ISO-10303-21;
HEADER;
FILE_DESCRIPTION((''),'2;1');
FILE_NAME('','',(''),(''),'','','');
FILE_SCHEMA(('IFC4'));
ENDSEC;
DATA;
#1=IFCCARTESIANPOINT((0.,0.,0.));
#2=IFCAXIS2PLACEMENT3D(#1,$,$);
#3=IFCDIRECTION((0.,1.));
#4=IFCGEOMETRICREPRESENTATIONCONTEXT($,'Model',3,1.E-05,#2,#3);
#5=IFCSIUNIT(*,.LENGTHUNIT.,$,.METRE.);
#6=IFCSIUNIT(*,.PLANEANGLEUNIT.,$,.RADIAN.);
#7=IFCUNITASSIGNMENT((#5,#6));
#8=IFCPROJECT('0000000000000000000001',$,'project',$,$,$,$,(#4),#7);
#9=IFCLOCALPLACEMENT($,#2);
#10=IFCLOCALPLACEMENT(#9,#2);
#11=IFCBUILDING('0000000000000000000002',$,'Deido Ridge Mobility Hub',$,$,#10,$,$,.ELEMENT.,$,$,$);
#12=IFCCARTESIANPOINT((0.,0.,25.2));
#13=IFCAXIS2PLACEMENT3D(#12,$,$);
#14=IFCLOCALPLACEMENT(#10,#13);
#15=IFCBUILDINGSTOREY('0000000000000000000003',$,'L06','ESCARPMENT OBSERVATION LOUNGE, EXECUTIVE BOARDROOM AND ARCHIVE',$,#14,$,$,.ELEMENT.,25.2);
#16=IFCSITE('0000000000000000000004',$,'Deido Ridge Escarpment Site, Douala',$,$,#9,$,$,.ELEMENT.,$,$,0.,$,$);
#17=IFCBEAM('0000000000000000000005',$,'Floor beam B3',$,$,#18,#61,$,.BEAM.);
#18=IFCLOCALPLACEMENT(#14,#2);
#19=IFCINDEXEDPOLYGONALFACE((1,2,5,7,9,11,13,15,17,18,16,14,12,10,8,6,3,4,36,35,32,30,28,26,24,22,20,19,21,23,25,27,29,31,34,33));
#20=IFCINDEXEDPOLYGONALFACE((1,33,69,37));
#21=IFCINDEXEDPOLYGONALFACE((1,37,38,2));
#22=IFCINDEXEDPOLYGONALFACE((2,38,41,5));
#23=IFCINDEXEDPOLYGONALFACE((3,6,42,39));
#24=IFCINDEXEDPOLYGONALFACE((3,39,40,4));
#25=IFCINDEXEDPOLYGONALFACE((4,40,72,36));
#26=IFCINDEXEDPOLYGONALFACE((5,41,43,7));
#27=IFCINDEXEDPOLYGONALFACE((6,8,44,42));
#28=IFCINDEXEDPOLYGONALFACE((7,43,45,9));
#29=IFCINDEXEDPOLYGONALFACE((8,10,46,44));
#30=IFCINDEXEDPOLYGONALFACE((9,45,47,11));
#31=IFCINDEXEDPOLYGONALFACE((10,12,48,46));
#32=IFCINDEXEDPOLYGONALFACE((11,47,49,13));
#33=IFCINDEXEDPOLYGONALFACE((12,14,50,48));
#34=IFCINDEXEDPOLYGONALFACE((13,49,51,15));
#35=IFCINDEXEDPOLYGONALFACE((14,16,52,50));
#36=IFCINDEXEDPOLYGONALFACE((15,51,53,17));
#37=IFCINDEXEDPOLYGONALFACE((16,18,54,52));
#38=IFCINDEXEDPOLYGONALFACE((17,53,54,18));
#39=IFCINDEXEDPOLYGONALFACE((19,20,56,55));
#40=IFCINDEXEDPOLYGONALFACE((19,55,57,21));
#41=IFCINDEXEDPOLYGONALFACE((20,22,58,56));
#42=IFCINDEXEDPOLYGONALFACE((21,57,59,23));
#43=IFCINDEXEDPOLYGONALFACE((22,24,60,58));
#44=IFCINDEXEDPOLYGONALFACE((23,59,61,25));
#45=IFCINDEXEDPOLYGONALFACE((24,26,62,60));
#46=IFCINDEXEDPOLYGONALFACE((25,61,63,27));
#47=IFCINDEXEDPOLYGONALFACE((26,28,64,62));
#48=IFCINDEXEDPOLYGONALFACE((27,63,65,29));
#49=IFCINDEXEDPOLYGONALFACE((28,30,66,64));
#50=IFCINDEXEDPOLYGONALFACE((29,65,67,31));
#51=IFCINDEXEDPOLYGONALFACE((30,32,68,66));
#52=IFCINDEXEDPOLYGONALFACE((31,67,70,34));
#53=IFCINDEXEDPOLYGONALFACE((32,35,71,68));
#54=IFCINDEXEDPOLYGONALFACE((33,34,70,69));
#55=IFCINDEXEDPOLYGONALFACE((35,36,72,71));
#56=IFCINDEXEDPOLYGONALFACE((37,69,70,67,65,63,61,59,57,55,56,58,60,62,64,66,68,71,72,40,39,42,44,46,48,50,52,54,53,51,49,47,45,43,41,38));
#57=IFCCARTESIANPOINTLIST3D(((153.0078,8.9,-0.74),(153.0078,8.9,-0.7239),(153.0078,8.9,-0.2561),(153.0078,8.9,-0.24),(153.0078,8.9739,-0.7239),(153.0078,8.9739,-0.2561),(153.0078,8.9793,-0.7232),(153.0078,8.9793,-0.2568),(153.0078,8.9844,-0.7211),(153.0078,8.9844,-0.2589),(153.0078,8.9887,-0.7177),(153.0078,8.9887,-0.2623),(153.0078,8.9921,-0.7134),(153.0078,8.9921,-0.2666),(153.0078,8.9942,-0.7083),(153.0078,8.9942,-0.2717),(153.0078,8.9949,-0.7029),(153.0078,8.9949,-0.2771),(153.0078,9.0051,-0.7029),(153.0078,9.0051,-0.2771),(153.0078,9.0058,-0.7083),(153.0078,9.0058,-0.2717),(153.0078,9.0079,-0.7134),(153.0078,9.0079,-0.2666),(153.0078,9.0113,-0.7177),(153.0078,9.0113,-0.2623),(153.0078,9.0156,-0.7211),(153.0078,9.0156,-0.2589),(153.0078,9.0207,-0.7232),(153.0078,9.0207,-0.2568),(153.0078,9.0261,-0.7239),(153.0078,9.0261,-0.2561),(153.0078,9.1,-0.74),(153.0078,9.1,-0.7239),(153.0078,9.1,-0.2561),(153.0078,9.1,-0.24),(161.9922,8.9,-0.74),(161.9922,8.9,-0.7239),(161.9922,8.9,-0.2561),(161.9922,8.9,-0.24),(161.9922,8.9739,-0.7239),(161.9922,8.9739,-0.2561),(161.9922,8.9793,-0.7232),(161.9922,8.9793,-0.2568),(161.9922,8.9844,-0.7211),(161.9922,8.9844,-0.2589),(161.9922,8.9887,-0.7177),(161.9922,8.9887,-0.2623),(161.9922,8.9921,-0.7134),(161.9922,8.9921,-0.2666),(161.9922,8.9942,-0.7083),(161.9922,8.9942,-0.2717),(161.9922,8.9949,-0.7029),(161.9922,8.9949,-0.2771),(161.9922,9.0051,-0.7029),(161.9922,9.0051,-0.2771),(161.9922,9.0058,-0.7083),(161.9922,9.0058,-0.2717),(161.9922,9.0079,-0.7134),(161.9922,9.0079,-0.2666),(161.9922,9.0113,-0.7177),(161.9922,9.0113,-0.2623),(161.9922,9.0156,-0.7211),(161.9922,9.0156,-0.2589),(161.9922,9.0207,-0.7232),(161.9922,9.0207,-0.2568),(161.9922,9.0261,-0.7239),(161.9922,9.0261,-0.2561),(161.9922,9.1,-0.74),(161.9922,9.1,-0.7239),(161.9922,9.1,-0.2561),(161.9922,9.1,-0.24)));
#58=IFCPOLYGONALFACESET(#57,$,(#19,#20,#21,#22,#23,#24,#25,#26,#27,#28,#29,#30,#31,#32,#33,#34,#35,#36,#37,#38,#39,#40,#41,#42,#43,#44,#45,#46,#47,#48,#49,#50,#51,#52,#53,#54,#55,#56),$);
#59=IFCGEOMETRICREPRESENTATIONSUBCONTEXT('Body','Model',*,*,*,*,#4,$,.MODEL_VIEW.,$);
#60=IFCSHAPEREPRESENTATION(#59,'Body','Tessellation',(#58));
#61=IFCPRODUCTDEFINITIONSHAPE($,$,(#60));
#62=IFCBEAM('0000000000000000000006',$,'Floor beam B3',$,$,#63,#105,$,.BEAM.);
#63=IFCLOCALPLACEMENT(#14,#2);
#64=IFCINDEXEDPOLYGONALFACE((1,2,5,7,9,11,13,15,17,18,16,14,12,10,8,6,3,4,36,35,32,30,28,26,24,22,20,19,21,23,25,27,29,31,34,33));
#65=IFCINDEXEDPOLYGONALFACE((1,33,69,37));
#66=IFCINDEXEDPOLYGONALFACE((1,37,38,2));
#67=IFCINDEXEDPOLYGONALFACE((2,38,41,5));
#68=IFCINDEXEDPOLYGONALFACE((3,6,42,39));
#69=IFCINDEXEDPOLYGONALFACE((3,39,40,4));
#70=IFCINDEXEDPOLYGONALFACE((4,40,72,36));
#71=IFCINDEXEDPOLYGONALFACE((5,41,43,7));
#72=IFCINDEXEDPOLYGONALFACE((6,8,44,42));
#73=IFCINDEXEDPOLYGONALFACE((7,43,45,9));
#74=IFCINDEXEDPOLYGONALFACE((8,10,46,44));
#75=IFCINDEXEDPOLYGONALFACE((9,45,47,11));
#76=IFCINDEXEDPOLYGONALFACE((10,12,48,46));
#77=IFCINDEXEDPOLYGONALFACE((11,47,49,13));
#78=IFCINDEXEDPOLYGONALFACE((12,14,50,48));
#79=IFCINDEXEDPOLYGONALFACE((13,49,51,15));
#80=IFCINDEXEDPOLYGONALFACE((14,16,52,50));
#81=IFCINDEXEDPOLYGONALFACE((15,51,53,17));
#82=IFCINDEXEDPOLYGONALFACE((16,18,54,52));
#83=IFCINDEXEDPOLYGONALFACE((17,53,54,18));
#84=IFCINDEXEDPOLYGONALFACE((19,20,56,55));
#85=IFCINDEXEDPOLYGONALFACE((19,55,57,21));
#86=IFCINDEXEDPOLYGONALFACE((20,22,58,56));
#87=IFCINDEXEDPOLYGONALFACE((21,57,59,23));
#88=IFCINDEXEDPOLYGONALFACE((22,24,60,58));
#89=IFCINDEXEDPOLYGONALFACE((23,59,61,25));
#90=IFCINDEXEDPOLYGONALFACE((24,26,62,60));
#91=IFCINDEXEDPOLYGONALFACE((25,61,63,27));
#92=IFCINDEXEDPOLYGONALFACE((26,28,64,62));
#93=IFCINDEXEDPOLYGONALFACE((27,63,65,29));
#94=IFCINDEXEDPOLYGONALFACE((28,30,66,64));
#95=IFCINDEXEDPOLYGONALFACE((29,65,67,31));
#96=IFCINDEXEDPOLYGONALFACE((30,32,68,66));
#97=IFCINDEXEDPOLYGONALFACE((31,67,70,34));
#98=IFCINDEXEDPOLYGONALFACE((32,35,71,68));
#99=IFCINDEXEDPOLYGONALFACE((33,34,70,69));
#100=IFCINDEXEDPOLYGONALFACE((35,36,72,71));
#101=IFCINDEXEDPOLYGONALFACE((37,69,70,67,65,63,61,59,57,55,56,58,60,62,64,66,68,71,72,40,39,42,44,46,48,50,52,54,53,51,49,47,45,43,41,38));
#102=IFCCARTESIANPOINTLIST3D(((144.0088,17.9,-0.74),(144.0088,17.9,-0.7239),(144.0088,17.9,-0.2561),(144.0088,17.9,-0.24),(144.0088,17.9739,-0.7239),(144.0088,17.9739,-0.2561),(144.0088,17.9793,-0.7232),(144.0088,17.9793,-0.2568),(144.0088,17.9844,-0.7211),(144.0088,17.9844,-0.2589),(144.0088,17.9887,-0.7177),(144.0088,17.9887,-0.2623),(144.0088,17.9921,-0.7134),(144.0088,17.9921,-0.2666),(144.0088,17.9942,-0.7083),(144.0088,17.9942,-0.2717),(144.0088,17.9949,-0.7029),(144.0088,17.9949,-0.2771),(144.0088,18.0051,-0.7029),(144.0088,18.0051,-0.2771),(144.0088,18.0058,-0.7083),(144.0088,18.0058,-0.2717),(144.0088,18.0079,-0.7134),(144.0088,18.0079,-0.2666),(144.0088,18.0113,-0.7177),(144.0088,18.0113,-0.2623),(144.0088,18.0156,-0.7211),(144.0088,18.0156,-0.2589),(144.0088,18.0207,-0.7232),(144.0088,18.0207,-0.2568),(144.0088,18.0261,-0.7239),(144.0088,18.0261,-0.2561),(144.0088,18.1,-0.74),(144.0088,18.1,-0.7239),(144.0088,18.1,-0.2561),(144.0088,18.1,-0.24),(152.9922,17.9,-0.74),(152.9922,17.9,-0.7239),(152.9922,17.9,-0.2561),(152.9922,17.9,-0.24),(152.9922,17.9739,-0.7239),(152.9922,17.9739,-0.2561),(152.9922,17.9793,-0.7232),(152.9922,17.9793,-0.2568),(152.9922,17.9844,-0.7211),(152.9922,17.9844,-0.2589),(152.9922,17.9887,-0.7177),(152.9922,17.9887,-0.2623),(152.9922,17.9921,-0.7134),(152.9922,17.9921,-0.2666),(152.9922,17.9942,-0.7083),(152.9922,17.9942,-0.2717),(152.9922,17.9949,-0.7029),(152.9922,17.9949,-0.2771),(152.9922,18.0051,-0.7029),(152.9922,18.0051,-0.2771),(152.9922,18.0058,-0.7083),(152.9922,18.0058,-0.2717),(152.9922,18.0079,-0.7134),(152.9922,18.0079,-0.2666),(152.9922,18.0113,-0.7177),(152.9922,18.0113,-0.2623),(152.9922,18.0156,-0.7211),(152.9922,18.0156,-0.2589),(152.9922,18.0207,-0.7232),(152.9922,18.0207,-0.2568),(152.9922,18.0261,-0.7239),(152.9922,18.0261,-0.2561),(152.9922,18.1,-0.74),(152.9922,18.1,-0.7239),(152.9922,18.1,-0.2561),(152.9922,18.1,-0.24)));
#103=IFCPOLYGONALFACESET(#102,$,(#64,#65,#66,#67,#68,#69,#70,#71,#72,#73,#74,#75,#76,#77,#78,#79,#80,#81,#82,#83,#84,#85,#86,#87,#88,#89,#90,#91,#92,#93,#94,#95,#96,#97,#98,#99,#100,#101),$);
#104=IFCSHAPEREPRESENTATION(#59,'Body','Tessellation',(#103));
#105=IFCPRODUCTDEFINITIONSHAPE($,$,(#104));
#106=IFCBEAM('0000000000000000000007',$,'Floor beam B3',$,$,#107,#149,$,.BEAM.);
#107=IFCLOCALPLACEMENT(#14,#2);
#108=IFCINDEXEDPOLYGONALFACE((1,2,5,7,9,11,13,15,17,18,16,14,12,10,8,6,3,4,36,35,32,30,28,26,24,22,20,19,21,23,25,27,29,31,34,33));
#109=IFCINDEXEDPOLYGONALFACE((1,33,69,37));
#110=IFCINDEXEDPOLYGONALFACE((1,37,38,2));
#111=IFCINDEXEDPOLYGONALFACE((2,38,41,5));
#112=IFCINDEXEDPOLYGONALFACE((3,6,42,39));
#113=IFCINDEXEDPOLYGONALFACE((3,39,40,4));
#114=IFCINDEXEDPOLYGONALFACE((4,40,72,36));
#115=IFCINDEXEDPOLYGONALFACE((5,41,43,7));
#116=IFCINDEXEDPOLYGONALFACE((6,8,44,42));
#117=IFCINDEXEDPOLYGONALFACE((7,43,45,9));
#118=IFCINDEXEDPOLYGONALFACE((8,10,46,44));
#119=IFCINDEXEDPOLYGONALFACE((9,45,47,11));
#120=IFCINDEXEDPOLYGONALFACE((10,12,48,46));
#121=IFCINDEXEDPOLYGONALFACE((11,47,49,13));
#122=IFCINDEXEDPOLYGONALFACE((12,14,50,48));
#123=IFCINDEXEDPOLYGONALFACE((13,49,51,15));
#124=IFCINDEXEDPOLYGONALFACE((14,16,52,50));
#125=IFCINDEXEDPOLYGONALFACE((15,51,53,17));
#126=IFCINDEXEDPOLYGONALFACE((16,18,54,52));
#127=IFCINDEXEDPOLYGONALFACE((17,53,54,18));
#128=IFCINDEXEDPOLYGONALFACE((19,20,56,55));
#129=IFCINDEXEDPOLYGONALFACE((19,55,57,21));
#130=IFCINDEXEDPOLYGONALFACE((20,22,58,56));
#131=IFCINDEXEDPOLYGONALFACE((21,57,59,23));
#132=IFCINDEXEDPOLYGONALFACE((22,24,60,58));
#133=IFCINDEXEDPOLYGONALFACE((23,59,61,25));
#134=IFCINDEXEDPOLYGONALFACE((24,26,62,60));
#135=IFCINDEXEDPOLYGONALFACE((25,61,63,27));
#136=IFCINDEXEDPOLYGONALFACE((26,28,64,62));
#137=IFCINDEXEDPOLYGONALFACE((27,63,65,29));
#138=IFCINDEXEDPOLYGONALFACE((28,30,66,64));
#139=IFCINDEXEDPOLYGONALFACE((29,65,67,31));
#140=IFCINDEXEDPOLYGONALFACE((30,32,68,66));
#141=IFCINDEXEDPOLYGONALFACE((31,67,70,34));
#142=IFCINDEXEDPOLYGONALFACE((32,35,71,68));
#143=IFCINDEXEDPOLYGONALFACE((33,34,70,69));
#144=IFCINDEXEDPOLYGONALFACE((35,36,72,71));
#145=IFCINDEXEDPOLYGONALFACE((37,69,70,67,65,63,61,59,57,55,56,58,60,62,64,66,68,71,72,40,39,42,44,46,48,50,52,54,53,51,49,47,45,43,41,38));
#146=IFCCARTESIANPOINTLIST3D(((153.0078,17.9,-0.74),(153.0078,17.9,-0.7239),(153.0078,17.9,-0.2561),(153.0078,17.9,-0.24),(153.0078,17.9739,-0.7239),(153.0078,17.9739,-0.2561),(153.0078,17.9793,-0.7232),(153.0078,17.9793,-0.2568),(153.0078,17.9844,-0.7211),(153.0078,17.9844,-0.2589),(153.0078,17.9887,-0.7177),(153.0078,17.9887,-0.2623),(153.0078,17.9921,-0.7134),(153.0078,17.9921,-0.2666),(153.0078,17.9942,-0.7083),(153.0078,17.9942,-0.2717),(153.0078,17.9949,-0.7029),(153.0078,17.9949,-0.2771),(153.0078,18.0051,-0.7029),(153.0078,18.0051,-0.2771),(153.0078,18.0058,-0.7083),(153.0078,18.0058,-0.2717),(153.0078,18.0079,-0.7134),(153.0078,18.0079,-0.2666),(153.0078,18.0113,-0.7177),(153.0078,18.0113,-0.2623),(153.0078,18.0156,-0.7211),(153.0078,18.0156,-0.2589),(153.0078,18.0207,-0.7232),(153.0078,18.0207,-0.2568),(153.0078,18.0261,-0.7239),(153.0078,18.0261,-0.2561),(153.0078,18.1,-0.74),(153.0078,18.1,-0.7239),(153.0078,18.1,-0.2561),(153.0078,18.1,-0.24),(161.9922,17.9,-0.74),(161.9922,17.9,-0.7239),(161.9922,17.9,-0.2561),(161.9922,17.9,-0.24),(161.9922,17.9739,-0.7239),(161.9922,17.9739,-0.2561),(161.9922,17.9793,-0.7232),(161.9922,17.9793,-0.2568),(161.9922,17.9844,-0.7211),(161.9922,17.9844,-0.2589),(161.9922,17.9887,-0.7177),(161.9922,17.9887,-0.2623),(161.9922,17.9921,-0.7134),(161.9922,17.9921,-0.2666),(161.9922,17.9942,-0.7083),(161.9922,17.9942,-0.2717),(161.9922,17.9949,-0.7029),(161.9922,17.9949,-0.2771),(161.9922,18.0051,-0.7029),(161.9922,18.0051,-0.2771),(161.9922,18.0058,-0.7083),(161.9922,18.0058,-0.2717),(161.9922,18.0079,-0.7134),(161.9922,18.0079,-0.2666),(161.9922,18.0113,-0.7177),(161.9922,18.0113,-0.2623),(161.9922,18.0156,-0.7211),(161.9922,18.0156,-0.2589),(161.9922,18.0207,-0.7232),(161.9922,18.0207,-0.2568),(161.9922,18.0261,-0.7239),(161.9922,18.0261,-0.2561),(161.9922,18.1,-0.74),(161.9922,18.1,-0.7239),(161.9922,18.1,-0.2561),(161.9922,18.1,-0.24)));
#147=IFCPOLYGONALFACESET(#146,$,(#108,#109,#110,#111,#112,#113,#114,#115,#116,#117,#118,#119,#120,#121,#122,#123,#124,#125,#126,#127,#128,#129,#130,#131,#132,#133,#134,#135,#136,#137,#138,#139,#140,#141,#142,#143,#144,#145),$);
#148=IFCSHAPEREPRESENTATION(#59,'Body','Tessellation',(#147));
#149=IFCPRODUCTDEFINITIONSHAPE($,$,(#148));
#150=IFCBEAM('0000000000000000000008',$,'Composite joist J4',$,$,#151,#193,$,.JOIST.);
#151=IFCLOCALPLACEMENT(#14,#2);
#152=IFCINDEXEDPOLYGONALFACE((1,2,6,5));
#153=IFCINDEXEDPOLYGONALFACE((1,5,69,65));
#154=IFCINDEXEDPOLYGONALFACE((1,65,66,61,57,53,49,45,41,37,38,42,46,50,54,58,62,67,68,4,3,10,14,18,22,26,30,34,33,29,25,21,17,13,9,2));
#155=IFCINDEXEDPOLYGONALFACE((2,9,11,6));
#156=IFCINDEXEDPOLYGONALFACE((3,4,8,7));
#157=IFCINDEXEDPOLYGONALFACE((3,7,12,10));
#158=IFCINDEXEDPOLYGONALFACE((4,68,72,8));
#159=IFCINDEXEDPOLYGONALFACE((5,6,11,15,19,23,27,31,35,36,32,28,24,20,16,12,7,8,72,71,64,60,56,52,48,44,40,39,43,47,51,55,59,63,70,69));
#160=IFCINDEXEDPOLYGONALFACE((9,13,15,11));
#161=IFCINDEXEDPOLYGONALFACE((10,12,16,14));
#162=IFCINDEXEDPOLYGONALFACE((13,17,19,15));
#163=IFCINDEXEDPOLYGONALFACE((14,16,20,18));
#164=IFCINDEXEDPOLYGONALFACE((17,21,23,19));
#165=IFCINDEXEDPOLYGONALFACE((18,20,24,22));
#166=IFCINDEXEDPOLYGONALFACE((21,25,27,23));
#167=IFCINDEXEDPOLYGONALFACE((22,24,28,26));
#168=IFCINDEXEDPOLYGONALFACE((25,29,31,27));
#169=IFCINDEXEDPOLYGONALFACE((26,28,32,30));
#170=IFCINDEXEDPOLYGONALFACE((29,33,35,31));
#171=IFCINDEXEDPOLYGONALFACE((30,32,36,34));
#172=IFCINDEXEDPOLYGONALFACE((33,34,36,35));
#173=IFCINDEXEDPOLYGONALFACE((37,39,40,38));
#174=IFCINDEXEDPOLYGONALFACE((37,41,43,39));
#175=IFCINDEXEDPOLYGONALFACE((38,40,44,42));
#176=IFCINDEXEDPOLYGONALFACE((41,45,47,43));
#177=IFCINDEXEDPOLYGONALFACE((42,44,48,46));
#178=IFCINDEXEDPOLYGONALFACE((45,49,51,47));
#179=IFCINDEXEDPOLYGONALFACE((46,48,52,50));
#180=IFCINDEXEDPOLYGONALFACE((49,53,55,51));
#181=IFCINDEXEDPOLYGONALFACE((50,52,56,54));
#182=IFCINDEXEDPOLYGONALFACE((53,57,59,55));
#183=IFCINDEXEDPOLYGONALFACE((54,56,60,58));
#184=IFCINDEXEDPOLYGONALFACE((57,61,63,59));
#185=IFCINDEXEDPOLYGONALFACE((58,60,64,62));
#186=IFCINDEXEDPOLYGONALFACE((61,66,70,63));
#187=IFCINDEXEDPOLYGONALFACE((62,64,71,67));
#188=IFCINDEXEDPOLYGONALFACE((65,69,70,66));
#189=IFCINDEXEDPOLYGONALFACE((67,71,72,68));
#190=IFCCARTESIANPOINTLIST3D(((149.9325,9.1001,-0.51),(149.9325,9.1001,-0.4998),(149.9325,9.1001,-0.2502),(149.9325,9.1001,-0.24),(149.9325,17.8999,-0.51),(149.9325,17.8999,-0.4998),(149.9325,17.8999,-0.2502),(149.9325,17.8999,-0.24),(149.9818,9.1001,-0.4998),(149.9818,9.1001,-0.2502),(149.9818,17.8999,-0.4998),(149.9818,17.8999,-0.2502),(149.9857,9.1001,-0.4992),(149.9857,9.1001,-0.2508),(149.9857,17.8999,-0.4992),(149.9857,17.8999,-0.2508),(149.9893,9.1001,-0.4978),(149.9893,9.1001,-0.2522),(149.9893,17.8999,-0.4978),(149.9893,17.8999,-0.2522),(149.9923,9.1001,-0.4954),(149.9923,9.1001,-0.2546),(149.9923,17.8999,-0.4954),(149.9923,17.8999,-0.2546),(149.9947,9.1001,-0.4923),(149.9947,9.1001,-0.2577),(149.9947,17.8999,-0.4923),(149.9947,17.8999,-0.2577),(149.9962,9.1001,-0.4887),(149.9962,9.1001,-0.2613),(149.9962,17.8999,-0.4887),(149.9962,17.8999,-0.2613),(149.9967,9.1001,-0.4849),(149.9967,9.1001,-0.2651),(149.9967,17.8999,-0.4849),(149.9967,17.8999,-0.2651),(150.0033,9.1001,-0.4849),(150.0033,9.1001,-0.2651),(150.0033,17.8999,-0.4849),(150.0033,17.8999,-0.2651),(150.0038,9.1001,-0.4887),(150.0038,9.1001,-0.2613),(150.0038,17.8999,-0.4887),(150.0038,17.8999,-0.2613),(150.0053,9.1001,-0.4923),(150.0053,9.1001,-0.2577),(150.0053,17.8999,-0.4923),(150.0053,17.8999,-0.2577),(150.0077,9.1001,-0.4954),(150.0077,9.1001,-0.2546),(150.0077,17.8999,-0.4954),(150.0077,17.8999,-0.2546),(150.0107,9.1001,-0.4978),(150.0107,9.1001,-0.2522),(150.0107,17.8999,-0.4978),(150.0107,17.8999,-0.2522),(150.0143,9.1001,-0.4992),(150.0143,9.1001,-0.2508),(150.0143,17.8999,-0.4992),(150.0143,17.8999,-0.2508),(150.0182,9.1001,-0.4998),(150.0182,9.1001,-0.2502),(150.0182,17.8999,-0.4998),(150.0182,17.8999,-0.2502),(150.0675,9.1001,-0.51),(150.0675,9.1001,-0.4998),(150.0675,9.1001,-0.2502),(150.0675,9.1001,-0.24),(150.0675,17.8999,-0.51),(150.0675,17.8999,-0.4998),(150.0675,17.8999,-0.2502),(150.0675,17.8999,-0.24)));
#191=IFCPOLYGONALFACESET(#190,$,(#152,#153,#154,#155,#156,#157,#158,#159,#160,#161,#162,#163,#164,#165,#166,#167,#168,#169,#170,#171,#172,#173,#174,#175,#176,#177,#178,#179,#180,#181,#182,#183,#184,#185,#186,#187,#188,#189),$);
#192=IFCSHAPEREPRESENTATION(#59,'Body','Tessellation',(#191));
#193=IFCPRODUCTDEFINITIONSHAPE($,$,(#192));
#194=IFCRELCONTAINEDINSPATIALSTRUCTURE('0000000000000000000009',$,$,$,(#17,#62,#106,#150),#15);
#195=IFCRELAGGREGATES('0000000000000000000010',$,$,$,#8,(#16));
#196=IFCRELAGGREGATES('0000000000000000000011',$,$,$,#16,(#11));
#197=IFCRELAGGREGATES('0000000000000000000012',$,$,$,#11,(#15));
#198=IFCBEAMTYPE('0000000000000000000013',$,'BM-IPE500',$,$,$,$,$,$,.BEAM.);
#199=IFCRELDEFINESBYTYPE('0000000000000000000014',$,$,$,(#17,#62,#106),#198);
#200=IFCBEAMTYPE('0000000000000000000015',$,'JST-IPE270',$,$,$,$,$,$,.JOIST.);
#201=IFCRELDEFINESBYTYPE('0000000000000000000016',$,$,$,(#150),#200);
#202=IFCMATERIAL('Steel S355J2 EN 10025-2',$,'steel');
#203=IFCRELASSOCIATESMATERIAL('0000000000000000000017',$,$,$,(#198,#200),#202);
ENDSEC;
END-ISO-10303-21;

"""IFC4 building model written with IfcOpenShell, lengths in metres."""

from ifc_helpers import new_model, si_unit, direction, frame, origin, origin_2d, place, context, subcontext, project, spatial, i_section, extrude, material, material_profile, profile_set, type_object, element, save


model = new_model("IFC4")

# Units and contexts
model_context = context("Model", 3, precision=1e-05, world=origin(), true_north=direction((0.0, 1.0)))
body_context = subcontext(model_context, "Body", "Model", "MODEL_VIEW")
ifc_project = project(units=[si_unit("LENGTHUNIT", "METRE"), si_unit("PLANEANGLEUNIT", "RADIAN")], contexts=[model_context])

# Site, building, storey
site_placement = place(None, origin())
site = spatial("IfcSite", under=ifc_project, at=site_placement, Name="Deido Ridge Escarpment Site, Douala", CompositionType="ELEMENT", RefElevation=0.0)
building_placement = place(site_placement, origin())
building = spatial("IfcBuilding", under=site, at=building_placement, Name="Deido Ridge Mobility Hub", CompositionType="ELEMENT")
storey_placement = place(building_placement, frame((0.0, 0.0, 25.2)))
storey = spatial("IfcBuildingStorey", under=building, at=storey_placement, Name="L06", Description="ESCARPMENT OBSERVATION LOUNGE, EXECUTIVE BOARDROOM AND ARCHIVE", CompositionType="ELEMENT", Elevation=25.2)

# Shared definitions
ifc_material_1 = material(Name="Steel S355J2 EN 10025-2", Category="steel")

# Beams
ifc_material_profile_1 = material_profile(ifc_material_1, i_section(OverallWidth=0.2, OverallDepth=0.5, WebThickness=0.0103, FlangeThickness=0.0161, FilletRadius=0.021, at=origin_2d()), Name="IPE 500")
ifc_profile_set_1 = profile_set([ifc_material_profile_1], Name="Steel S355J2 EN 10025-2")
beam_type_1 = type_object("IfcBeamType", Name="BM-IPE500", PredefinedType="BEAM", material=ifc_profile_set_1)
beam_1_placement = place(storey_placement, frame((153.0078, 9.0, -0.49), z_axis=(1.0, 0.0, 0.0), x_axis=(0.0, 1.0, 0.0)))
element("IfcBeam", 1, at=beam_1_placement, inside=storey, type_object=beam_type_1, Name="Floor beam B3", PredefinedType="BEAM", context=body_context, shape_type="SweptSolid", body=[
    extrude(i_section(OverallWidth=0.2, OverallDepth=0.5, WebThickness=0.0103, FlangeThickness=0.0161, FilletRadius=0.021, at=origin_2d()), origin(), (0.0, 0.0, 1.0), 8.9844),
])
beam_2_placement = place(storey_placement, frame((144.0088, 18.0, -0.49), z_axis=(1.0, 0.0, 0.0), x_axis=(0.0, 1.0, 0.0)))
element("IfcBeam", 2, at=beam_2_placement, inside=storey, type_object=beam_type_1, Name="Floor beam B3", PredefinedType="BEAM", context=body_context, shape_type="SweptSolid", body=[
    extrude(i_section(OverallWidth=0.2, OverallDepth=0.5, WebThickness=0.0103, FlangeThickness=0.0161, FilletRadius=0.021, at=origin_2d()), origin(), (0.0, 0.0, 1.0), 8.9834),
])
beam_3_placement = place(storey_placement, frame((153.0078, 18.0, -0.49), z_axis=(1.0, 0.0, 0.0), x_axis=(0.0, 1.0, 0.0)))
element("IfcBeam", 3, at=beam_3_placement, inside=storey, type_object=beam_type_1, Name="Floor beam B3", PredefinedType="BEAM", context=body_context, shape_type="SweptSolid", body=[
    extrude(i_section(OverallWidth=0.2, OverallDepth=0.5, WebThickness=0.0103, FlangeThickness=0.0161, FilletRadius=0.021, at=origin_2d()), origin(), (0.0, 0.0, 1.0), 8.9844),
])
ifc_material_profile_2 = material_profile(ifc_material_1, i_section(OverallWidth=0.135, OverallDepth=0.27, WebThickness=0.0066, FlangeThickness=0.0103, FilletRadius=0.0149, at=origin_2d()), Name="IPE 270")
ifc_profile_set_2 = profile_set([ifc_material_profile_2], Name="Steel S355J2 EN 10025-2")
beam_type_2 = type_object("IfcBeamType", Name="JST-IPE270", PredefinedType="JOIST", material=ifc_profile_set_2)
beam_4_placement = place(storey_placement, frame((150.0, 9.1001, -0.375), z_axis=(0.0, 1.0, 0.0), x_axis=(-1.0, 0.0, 0.0)))
element("IfcBeam", 4, at=beam_4_placement, inside=storey, type_object=beam_type_2, Name="Composite joist J4", PredefinedType="JOIST", context=body_context, shape_type="SweptSolid", body=[
    extrude(i_section(OverallWidth=0.135, OverallDepth=0.27, WebThickness=0.0066, FlangeThickness=0.0103, FilletRadius=0.0149, at=origin_2d()), origin(), (0.0, 0.0, 1.0), 8.7998),
])

save(model, "model.ifc")
